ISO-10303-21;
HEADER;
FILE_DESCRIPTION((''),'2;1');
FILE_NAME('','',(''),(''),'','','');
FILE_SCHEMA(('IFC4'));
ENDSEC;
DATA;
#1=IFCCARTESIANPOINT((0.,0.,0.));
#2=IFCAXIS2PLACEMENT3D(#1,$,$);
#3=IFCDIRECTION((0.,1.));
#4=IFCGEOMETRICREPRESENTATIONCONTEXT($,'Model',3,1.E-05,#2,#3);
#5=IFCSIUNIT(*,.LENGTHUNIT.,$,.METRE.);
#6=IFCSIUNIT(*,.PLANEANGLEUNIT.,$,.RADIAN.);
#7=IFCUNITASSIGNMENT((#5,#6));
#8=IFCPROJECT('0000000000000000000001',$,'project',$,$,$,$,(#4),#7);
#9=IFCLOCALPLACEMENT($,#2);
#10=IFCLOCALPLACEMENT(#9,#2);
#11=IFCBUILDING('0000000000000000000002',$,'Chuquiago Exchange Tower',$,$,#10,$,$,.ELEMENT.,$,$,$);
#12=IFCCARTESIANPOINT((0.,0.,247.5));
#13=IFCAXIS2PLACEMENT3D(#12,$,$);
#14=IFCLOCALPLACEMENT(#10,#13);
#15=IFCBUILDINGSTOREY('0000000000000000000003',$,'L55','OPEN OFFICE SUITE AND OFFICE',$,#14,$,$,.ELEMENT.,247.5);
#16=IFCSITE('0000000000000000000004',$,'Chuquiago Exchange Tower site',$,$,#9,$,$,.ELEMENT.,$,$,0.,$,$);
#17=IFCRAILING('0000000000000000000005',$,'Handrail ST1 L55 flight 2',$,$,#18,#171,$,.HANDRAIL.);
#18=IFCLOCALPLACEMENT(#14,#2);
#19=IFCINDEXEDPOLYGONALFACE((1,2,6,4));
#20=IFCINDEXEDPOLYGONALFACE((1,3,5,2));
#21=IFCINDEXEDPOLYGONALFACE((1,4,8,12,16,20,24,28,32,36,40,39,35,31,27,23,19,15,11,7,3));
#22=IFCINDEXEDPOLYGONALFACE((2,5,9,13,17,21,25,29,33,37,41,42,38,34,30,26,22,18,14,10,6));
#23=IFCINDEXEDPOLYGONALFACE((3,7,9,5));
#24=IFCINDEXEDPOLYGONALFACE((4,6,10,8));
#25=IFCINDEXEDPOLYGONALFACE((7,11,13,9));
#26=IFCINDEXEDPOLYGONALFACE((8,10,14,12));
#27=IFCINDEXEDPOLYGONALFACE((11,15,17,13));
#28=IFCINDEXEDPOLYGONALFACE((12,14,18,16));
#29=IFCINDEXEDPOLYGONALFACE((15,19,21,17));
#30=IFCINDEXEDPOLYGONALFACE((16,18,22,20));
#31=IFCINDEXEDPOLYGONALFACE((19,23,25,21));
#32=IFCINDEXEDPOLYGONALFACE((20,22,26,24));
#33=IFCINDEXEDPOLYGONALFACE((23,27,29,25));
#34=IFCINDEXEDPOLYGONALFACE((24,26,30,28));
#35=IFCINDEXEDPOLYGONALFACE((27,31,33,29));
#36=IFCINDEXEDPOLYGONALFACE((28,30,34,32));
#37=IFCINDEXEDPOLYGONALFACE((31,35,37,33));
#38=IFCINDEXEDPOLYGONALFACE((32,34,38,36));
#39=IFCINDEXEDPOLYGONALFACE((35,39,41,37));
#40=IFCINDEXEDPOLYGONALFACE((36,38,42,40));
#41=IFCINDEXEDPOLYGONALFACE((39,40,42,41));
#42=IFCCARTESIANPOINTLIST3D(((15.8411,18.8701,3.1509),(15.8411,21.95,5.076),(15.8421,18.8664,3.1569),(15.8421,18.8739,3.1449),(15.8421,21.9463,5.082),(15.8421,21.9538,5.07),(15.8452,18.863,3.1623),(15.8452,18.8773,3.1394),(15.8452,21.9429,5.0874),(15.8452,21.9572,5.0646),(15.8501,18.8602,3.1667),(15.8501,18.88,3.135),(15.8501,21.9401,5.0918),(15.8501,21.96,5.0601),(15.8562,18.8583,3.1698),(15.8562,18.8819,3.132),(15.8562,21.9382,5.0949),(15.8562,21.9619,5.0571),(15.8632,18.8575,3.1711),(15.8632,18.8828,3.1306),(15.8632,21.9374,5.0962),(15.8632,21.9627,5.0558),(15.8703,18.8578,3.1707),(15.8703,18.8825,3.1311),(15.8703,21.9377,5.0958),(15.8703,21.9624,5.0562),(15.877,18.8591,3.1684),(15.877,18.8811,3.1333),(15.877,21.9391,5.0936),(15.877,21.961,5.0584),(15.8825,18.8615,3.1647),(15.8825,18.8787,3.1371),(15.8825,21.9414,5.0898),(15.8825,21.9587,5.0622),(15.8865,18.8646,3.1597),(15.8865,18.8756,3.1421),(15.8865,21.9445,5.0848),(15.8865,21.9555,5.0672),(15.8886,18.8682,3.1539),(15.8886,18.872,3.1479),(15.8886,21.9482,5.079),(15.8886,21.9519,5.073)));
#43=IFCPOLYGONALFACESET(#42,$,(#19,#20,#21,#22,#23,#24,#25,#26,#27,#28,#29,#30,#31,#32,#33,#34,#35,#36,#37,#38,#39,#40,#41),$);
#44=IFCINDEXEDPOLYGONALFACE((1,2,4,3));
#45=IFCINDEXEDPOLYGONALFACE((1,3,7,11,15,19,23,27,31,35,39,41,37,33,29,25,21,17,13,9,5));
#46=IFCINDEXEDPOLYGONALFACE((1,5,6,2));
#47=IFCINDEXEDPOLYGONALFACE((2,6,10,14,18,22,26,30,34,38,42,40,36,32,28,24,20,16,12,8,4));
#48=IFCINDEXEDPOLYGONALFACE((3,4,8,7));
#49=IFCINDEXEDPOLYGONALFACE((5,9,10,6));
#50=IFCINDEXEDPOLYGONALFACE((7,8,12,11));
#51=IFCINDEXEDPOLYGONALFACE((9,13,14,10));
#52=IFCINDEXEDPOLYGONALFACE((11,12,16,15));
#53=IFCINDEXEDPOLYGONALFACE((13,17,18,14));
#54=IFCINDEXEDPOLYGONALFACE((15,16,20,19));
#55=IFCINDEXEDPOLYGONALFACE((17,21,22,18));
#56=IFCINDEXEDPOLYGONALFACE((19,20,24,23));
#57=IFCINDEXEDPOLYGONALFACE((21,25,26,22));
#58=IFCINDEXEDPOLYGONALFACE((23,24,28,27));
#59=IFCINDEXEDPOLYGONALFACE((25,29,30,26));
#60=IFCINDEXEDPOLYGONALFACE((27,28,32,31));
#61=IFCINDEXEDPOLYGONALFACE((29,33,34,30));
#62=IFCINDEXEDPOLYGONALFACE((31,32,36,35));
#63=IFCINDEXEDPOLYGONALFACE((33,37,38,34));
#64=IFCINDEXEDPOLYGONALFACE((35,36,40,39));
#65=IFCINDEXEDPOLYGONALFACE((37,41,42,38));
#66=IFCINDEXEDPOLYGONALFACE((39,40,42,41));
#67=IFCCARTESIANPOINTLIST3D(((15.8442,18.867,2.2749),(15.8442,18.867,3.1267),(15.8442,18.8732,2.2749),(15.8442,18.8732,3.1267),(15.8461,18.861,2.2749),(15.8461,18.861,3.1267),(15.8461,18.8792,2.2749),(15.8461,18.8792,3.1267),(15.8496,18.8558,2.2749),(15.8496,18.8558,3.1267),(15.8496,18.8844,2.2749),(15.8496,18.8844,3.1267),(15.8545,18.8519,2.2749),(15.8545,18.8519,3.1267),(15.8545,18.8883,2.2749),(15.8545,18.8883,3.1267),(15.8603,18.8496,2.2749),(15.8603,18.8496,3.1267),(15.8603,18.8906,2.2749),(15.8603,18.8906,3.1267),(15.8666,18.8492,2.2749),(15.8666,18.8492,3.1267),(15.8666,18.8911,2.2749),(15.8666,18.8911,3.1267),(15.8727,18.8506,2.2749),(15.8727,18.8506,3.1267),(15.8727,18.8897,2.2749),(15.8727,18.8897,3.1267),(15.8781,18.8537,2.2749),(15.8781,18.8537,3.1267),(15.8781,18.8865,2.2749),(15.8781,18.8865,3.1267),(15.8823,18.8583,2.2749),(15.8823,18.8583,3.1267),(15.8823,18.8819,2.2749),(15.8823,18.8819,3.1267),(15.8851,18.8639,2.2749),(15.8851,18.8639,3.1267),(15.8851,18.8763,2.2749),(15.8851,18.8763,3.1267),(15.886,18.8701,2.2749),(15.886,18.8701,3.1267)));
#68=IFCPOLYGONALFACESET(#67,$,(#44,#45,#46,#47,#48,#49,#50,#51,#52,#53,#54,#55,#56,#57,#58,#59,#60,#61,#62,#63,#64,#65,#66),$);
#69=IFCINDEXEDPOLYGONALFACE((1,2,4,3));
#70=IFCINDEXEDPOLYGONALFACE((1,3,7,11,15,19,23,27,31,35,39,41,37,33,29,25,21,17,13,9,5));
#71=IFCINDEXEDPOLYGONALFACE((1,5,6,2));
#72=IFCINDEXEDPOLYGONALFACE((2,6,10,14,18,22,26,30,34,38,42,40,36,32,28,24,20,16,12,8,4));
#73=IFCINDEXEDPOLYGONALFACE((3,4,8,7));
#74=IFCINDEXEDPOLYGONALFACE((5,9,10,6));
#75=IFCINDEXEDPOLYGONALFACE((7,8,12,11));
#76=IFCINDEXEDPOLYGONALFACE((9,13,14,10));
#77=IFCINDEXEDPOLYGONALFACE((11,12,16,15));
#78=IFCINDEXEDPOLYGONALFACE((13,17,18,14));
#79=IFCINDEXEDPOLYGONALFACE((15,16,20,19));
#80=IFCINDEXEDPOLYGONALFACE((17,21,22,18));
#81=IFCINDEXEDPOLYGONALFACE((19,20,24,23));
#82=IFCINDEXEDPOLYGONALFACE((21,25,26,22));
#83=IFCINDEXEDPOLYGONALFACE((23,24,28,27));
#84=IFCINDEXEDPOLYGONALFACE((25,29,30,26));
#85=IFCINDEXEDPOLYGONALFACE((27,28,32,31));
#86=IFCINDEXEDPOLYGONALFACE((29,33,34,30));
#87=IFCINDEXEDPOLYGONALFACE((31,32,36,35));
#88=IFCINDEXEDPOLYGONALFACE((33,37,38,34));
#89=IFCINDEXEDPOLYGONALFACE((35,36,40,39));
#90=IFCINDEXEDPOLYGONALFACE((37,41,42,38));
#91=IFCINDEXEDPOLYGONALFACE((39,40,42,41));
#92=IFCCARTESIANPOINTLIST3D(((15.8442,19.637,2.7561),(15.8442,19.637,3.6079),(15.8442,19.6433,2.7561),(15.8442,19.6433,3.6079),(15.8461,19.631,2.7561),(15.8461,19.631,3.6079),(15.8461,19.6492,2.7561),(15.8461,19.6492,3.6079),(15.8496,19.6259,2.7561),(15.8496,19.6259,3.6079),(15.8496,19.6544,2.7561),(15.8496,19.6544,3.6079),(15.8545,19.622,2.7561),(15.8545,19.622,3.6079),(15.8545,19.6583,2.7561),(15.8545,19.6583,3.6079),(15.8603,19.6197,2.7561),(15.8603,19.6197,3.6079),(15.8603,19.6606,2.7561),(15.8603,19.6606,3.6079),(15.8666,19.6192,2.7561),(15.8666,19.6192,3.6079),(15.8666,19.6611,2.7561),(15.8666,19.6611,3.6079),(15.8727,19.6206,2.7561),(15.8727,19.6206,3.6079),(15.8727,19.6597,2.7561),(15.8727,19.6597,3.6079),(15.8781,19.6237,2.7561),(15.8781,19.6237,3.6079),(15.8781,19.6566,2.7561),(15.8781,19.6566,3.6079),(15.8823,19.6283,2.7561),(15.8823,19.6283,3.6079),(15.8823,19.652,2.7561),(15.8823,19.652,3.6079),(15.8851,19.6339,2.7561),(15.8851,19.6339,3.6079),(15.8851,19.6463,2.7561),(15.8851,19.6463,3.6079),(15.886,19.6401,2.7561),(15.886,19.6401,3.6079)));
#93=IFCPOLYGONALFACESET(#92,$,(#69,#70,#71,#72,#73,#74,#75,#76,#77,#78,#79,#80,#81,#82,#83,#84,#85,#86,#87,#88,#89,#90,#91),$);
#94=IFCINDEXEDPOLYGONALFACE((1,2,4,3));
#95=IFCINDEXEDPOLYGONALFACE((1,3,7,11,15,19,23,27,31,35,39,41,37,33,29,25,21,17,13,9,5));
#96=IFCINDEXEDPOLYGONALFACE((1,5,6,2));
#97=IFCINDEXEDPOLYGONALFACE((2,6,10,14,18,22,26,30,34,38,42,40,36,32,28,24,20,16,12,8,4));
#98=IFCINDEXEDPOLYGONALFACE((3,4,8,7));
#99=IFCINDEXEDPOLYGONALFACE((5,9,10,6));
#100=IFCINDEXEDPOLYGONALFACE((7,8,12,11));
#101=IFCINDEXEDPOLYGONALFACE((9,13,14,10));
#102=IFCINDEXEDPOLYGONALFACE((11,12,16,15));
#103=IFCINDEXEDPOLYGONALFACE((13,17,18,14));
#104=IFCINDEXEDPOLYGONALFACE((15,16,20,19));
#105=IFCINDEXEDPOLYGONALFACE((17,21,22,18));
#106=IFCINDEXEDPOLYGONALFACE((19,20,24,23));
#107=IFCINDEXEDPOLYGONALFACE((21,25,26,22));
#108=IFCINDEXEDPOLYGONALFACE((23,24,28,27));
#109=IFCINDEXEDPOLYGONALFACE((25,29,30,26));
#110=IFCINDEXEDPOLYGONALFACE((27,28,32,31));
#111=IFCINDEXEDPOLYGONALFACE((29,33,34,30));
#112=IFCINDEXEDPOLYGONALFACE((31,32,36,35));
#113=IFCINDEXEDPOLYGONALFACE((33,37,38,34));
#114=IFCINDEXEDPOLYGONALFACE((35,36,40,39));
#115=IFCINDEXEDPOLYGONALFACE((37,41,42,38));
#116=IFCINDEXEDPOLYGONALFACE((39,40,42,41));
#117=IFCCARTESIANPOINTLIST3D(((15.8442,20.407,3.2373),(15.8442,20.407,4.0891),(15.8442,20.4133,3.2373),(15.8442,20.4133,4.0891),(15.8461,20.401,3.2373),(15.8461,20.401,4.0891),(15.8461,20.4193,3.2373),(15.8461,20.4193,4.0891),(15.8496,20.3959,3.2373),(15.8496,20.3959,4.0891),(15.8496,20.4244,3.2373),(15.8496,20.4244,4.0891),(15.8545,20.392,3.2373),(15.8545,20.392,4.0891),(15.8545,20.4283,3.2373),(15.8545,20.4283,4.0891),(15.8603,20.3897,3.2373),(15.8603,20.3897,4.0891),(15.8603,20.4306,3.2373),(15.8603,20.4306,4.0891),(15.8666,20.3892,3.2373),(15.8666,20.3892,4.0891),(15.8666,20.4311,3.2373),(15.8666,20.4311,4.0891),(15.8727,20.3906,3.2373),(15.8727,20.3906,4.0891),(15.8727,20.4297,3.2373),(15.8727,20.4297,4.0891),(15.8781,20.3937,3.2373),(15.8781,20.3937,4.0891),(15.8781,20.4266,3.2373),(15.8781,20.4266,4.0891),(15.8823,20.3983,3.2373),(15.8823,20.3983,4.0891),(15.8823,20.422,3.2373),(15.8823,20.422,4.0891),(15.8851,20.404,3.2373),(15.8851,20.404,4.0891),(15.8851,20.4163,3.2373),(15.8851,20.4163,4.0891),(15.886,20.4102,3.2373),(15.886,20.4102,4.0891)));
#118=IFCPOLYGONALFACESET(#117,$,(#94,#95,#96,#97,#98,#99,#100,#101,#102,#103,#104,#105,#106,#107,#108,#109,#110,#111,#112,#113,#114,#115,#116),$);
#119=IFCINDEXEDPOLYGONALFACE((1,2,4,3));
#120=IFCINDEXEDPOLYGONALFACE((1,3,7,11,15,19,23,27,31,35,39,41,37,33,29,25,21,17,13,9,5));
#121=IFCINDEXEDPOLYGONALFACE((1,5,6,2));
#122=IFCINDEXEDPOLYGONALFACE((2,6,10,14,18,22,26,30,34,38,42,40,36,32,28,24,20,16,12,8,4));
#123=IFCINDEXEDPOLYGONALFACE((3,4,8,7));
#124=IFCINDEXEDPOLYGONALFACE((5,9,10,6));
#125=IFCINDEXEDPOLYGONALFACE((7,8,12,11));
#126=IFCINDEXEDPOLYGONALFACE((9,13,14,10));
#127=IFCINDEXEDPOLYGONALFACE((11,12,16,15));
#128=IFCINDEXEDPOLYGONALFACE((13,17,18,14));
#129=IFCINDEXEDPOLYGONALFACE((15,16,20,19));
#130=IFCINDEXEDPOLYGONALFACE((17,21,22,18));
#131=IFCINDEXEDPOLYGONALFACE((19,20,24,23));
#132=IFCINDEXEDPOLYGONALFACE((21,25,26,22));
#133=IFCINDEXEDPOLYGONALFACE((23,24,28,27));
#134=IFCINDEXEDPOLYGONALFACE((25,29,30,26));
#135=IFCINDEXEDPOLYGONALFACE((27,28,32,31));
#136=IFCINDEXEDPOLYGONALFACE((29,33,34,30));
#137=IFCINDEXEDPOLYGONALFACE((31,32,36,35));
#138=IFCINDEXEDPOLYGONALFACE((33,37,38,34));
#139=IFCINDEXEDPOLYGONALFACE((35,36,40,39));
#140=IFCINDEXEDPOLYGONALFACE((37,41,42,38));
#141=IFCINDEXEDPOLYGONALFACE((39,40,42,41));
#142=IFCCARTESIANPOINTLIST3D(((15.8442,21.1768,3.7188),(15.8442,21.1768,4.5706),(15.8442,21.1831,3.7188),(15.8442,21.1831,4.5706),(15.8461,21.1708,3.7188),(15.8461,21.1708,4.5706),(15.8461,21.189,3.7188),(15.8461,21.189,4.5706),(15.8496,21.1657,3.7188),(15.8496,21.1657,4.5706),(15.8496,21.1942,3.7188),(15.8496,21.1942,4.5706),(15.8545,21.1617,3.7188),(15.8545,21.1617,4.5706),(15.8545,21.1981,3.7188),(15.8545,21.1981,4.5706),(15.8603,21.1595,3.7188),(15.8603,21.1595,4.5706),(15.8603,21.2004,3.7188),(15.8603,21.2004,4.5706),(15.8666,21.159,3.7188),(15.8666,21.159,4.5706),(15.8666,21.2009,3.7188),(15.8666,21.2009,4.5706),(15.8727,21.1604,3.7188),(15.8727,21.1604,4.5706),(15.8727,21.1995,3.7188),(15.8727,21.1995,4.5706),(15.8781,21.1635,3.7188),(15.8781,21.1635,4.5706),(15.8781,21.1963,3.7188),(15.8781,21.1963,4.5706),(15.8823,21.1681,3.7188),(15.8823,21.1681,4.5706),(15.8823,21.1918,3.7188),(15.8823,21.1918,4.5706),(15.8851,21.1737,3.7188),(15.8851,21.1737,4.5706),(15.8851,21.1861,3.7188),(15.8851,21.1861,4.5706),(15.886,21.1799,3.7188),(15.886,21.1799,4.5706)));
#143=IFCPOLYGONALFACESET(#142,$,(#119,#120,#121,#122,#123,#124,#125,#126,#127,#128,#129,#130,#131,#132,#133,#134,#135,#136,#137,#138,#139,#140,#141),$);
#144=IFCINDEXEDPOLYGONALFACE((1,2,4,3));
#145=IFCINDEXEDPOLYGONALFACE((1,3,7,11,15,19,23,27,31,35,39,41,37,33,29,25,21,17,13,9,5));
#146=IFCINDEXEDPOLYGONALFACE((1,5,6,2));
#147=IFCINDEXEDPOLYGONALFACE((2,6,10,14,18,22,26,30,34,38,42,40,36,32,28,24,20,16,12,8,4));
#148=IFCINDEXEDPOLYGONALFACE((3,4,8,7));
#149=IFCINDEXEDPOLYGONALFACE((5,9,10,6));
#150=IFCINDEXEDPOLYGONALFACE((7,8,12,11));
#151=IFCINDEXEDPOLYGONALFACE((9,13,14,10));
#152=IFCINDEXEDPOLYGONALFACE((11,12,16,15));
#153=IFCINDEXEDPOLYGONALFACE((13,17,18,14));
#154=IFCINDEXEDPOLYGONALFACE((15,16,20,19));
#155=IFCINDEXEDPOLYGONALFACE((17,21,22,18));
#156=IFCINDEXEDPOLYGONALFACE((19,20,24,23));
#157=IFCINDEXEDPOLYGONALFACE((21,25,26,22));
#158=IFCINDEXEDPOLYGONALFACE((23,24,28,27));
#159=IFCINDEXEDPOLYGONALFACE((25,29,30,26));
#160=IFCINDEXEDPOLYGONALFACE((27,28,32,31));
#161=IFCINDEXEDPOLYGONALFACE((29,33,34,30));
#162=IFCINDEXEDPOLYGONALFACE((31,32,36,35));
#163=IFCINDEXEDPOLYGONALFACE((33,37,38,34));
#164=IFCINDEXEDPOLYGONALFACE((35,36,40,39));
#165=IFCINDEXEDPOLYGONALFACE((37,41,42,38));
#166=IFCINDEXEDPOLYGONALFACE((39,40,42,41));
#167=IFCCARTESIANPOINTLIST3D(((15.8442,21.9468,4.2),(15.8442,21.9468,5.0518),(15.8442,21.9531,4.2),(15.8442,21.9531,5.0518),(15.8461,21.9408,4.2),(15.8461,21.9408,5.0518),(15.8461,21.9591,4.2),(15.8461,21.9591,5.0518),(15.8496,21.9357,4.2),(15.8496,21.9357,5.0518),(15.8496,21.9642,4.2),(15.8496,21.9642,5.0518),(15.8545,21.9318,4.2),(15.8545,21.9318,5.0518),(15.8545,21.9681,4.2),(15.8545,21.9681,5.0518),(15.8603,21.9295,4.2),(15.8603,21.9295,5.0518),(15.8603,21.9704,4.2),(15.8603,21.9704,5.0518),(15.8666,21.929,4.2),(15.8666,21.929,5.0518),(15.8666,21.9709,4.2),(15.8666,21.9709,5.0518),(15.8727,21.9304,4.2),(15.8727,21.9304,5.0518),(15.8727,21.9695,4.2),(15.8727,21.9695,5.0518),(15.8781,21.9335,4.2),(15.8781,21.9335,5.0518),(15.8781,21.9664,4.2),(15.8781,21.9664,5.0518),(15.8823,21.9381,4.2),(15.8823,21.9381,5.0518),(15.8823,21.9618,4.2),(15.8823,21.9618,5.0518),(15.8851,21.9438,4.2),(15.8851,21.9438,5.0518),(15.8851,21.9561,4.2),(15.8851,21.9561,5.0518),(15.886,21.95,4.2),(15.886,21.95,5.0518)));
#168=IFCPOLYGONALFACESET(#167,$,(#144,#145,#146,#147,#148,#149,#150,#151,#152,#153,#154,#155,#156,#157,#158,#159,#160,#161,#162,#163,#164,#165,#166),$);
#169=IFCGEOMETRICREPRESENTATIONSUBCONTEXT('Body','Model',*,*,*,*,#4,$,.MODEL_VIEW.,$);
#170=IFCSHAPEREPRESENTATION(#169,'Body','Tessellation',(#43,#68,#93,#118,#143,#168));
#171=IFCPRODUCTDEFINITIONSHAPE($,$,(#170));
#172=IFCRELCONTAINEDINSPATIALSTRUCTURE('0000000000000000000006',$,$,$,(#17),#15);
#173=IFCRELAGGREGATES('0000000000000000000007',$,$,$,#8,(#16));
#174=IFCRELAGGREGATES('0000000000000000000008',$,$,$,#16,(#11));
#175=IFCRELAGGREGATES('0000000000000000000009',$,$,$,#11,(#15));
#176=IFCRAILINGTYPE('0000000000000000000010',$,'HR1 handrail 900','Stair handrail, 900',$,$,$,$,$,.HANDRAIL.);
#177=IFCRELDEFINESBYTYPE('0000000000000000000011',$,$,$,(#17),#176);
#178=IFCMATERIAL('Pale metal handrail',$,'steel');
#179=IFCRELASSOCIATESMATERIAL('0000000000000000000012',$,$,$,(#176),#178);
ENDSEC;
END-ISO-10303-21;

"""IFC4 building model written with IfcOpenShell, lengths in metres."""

from ifc_helpers import new_model, si_unit, direction, frame, origin, origin_2d, place, context, subcontext, project, spatial, circle, extrude, material, type_object, element, save


model = new_model("IFC4")

# Units and contexts
model_context = context("Model", 3, precision=1e-05, world=origin(), true_north=direction((0.0, 1.0)))
body_context = subcontext(model_context, "Body", "Model", "MODEL_VIEW")
ifc_project = project(units=[si_unit("LENGTHUNIT", "METRE"), si_unit("PLANEANGLEUNIT", "RADIAN")], contexts=[model_context])

# Site, building, storey
site_placement = place(None, origin())
site = spatial("IfcSite", under=ifc_project, at=site_placement, Name="Chuquiago Exchange Tower site", CompositionType="ELEMENT", RefElevation=0.0)
building_placement = place(site_placement, origin())
building = spatial("IfcBuilding", under=site, at=building_placement, Name="Chuquiago Exchange Tower", CompositionType="ELEMENT")
storey_placement = place(building_placement, frame((0.0, 0.0, 247.5)))
storey = spatial("IfcBuildingStorey", under=building, at=storey_placement, Name="L55", Description="OPEN OFFICE SUITE AND OFFICE", CompositionType="ELEMENT", Elevation=247.5)

# Railing
ifc_material_1 = material(Name="Pale metal handrail", Category="steel")
railing_type_1 = type_object("IfcRailingType", Name="HR1 handrail 900", Description="Stair handrail, 900", PredefinedType="HANDRAIL", material=ifc_material_1)
for number, where, name in (
    (1, (15.865, 18.8701, 2.2749), "Handrail ST1 L55 flight 2"),
):
    element("IfcRailing", number, at=place(storey_placement, frame(where)), inside=storey, type_object=railing_type_1, Name=name, PredefinedType="HANDRAIL", context=body_context, shape_type="SweptSolid", body=[
        extrude(circle(Radius=0.0239, at=origin_2d()), frame((0.0, 0.0, 0.876), z_axis=(0.0, 0.847979, 0.530029), x_axis=(-1.0, 0.0, 0.0)), (0.0, 0.0, 1.0), 3.6321),
        extrude(circle(Radius=0.021, at=origin_2d()), origin(), (0.0, 0.0, 1.0), 0.8518),
        extrude(circle(Radius=0.021, at=origin_2d()), frame((0.0, 0.77, 0.4812)), (0.0, 0.0, 1.0), 0.8518),
        extrude(circle(Radius=0.021, at=origin_2d()), frame((0.0, 1.54, 0.9624)), (0.0, 0.0, 1.0), 0.8518),
        extrude(circle(Radius=0.021, at=origin_2d()), frame((0.0, 2.3098, 1.4438)), (0.0, 0.0, 1.0), 0.8518),
        extrude(circle(Radius=0.021, at=origin_2d()), frame((0.0, 3.0798, 1.925)), (0.0, 0.0, 1.0), 0.8518),
    ])

save(model, "model.ifc")
